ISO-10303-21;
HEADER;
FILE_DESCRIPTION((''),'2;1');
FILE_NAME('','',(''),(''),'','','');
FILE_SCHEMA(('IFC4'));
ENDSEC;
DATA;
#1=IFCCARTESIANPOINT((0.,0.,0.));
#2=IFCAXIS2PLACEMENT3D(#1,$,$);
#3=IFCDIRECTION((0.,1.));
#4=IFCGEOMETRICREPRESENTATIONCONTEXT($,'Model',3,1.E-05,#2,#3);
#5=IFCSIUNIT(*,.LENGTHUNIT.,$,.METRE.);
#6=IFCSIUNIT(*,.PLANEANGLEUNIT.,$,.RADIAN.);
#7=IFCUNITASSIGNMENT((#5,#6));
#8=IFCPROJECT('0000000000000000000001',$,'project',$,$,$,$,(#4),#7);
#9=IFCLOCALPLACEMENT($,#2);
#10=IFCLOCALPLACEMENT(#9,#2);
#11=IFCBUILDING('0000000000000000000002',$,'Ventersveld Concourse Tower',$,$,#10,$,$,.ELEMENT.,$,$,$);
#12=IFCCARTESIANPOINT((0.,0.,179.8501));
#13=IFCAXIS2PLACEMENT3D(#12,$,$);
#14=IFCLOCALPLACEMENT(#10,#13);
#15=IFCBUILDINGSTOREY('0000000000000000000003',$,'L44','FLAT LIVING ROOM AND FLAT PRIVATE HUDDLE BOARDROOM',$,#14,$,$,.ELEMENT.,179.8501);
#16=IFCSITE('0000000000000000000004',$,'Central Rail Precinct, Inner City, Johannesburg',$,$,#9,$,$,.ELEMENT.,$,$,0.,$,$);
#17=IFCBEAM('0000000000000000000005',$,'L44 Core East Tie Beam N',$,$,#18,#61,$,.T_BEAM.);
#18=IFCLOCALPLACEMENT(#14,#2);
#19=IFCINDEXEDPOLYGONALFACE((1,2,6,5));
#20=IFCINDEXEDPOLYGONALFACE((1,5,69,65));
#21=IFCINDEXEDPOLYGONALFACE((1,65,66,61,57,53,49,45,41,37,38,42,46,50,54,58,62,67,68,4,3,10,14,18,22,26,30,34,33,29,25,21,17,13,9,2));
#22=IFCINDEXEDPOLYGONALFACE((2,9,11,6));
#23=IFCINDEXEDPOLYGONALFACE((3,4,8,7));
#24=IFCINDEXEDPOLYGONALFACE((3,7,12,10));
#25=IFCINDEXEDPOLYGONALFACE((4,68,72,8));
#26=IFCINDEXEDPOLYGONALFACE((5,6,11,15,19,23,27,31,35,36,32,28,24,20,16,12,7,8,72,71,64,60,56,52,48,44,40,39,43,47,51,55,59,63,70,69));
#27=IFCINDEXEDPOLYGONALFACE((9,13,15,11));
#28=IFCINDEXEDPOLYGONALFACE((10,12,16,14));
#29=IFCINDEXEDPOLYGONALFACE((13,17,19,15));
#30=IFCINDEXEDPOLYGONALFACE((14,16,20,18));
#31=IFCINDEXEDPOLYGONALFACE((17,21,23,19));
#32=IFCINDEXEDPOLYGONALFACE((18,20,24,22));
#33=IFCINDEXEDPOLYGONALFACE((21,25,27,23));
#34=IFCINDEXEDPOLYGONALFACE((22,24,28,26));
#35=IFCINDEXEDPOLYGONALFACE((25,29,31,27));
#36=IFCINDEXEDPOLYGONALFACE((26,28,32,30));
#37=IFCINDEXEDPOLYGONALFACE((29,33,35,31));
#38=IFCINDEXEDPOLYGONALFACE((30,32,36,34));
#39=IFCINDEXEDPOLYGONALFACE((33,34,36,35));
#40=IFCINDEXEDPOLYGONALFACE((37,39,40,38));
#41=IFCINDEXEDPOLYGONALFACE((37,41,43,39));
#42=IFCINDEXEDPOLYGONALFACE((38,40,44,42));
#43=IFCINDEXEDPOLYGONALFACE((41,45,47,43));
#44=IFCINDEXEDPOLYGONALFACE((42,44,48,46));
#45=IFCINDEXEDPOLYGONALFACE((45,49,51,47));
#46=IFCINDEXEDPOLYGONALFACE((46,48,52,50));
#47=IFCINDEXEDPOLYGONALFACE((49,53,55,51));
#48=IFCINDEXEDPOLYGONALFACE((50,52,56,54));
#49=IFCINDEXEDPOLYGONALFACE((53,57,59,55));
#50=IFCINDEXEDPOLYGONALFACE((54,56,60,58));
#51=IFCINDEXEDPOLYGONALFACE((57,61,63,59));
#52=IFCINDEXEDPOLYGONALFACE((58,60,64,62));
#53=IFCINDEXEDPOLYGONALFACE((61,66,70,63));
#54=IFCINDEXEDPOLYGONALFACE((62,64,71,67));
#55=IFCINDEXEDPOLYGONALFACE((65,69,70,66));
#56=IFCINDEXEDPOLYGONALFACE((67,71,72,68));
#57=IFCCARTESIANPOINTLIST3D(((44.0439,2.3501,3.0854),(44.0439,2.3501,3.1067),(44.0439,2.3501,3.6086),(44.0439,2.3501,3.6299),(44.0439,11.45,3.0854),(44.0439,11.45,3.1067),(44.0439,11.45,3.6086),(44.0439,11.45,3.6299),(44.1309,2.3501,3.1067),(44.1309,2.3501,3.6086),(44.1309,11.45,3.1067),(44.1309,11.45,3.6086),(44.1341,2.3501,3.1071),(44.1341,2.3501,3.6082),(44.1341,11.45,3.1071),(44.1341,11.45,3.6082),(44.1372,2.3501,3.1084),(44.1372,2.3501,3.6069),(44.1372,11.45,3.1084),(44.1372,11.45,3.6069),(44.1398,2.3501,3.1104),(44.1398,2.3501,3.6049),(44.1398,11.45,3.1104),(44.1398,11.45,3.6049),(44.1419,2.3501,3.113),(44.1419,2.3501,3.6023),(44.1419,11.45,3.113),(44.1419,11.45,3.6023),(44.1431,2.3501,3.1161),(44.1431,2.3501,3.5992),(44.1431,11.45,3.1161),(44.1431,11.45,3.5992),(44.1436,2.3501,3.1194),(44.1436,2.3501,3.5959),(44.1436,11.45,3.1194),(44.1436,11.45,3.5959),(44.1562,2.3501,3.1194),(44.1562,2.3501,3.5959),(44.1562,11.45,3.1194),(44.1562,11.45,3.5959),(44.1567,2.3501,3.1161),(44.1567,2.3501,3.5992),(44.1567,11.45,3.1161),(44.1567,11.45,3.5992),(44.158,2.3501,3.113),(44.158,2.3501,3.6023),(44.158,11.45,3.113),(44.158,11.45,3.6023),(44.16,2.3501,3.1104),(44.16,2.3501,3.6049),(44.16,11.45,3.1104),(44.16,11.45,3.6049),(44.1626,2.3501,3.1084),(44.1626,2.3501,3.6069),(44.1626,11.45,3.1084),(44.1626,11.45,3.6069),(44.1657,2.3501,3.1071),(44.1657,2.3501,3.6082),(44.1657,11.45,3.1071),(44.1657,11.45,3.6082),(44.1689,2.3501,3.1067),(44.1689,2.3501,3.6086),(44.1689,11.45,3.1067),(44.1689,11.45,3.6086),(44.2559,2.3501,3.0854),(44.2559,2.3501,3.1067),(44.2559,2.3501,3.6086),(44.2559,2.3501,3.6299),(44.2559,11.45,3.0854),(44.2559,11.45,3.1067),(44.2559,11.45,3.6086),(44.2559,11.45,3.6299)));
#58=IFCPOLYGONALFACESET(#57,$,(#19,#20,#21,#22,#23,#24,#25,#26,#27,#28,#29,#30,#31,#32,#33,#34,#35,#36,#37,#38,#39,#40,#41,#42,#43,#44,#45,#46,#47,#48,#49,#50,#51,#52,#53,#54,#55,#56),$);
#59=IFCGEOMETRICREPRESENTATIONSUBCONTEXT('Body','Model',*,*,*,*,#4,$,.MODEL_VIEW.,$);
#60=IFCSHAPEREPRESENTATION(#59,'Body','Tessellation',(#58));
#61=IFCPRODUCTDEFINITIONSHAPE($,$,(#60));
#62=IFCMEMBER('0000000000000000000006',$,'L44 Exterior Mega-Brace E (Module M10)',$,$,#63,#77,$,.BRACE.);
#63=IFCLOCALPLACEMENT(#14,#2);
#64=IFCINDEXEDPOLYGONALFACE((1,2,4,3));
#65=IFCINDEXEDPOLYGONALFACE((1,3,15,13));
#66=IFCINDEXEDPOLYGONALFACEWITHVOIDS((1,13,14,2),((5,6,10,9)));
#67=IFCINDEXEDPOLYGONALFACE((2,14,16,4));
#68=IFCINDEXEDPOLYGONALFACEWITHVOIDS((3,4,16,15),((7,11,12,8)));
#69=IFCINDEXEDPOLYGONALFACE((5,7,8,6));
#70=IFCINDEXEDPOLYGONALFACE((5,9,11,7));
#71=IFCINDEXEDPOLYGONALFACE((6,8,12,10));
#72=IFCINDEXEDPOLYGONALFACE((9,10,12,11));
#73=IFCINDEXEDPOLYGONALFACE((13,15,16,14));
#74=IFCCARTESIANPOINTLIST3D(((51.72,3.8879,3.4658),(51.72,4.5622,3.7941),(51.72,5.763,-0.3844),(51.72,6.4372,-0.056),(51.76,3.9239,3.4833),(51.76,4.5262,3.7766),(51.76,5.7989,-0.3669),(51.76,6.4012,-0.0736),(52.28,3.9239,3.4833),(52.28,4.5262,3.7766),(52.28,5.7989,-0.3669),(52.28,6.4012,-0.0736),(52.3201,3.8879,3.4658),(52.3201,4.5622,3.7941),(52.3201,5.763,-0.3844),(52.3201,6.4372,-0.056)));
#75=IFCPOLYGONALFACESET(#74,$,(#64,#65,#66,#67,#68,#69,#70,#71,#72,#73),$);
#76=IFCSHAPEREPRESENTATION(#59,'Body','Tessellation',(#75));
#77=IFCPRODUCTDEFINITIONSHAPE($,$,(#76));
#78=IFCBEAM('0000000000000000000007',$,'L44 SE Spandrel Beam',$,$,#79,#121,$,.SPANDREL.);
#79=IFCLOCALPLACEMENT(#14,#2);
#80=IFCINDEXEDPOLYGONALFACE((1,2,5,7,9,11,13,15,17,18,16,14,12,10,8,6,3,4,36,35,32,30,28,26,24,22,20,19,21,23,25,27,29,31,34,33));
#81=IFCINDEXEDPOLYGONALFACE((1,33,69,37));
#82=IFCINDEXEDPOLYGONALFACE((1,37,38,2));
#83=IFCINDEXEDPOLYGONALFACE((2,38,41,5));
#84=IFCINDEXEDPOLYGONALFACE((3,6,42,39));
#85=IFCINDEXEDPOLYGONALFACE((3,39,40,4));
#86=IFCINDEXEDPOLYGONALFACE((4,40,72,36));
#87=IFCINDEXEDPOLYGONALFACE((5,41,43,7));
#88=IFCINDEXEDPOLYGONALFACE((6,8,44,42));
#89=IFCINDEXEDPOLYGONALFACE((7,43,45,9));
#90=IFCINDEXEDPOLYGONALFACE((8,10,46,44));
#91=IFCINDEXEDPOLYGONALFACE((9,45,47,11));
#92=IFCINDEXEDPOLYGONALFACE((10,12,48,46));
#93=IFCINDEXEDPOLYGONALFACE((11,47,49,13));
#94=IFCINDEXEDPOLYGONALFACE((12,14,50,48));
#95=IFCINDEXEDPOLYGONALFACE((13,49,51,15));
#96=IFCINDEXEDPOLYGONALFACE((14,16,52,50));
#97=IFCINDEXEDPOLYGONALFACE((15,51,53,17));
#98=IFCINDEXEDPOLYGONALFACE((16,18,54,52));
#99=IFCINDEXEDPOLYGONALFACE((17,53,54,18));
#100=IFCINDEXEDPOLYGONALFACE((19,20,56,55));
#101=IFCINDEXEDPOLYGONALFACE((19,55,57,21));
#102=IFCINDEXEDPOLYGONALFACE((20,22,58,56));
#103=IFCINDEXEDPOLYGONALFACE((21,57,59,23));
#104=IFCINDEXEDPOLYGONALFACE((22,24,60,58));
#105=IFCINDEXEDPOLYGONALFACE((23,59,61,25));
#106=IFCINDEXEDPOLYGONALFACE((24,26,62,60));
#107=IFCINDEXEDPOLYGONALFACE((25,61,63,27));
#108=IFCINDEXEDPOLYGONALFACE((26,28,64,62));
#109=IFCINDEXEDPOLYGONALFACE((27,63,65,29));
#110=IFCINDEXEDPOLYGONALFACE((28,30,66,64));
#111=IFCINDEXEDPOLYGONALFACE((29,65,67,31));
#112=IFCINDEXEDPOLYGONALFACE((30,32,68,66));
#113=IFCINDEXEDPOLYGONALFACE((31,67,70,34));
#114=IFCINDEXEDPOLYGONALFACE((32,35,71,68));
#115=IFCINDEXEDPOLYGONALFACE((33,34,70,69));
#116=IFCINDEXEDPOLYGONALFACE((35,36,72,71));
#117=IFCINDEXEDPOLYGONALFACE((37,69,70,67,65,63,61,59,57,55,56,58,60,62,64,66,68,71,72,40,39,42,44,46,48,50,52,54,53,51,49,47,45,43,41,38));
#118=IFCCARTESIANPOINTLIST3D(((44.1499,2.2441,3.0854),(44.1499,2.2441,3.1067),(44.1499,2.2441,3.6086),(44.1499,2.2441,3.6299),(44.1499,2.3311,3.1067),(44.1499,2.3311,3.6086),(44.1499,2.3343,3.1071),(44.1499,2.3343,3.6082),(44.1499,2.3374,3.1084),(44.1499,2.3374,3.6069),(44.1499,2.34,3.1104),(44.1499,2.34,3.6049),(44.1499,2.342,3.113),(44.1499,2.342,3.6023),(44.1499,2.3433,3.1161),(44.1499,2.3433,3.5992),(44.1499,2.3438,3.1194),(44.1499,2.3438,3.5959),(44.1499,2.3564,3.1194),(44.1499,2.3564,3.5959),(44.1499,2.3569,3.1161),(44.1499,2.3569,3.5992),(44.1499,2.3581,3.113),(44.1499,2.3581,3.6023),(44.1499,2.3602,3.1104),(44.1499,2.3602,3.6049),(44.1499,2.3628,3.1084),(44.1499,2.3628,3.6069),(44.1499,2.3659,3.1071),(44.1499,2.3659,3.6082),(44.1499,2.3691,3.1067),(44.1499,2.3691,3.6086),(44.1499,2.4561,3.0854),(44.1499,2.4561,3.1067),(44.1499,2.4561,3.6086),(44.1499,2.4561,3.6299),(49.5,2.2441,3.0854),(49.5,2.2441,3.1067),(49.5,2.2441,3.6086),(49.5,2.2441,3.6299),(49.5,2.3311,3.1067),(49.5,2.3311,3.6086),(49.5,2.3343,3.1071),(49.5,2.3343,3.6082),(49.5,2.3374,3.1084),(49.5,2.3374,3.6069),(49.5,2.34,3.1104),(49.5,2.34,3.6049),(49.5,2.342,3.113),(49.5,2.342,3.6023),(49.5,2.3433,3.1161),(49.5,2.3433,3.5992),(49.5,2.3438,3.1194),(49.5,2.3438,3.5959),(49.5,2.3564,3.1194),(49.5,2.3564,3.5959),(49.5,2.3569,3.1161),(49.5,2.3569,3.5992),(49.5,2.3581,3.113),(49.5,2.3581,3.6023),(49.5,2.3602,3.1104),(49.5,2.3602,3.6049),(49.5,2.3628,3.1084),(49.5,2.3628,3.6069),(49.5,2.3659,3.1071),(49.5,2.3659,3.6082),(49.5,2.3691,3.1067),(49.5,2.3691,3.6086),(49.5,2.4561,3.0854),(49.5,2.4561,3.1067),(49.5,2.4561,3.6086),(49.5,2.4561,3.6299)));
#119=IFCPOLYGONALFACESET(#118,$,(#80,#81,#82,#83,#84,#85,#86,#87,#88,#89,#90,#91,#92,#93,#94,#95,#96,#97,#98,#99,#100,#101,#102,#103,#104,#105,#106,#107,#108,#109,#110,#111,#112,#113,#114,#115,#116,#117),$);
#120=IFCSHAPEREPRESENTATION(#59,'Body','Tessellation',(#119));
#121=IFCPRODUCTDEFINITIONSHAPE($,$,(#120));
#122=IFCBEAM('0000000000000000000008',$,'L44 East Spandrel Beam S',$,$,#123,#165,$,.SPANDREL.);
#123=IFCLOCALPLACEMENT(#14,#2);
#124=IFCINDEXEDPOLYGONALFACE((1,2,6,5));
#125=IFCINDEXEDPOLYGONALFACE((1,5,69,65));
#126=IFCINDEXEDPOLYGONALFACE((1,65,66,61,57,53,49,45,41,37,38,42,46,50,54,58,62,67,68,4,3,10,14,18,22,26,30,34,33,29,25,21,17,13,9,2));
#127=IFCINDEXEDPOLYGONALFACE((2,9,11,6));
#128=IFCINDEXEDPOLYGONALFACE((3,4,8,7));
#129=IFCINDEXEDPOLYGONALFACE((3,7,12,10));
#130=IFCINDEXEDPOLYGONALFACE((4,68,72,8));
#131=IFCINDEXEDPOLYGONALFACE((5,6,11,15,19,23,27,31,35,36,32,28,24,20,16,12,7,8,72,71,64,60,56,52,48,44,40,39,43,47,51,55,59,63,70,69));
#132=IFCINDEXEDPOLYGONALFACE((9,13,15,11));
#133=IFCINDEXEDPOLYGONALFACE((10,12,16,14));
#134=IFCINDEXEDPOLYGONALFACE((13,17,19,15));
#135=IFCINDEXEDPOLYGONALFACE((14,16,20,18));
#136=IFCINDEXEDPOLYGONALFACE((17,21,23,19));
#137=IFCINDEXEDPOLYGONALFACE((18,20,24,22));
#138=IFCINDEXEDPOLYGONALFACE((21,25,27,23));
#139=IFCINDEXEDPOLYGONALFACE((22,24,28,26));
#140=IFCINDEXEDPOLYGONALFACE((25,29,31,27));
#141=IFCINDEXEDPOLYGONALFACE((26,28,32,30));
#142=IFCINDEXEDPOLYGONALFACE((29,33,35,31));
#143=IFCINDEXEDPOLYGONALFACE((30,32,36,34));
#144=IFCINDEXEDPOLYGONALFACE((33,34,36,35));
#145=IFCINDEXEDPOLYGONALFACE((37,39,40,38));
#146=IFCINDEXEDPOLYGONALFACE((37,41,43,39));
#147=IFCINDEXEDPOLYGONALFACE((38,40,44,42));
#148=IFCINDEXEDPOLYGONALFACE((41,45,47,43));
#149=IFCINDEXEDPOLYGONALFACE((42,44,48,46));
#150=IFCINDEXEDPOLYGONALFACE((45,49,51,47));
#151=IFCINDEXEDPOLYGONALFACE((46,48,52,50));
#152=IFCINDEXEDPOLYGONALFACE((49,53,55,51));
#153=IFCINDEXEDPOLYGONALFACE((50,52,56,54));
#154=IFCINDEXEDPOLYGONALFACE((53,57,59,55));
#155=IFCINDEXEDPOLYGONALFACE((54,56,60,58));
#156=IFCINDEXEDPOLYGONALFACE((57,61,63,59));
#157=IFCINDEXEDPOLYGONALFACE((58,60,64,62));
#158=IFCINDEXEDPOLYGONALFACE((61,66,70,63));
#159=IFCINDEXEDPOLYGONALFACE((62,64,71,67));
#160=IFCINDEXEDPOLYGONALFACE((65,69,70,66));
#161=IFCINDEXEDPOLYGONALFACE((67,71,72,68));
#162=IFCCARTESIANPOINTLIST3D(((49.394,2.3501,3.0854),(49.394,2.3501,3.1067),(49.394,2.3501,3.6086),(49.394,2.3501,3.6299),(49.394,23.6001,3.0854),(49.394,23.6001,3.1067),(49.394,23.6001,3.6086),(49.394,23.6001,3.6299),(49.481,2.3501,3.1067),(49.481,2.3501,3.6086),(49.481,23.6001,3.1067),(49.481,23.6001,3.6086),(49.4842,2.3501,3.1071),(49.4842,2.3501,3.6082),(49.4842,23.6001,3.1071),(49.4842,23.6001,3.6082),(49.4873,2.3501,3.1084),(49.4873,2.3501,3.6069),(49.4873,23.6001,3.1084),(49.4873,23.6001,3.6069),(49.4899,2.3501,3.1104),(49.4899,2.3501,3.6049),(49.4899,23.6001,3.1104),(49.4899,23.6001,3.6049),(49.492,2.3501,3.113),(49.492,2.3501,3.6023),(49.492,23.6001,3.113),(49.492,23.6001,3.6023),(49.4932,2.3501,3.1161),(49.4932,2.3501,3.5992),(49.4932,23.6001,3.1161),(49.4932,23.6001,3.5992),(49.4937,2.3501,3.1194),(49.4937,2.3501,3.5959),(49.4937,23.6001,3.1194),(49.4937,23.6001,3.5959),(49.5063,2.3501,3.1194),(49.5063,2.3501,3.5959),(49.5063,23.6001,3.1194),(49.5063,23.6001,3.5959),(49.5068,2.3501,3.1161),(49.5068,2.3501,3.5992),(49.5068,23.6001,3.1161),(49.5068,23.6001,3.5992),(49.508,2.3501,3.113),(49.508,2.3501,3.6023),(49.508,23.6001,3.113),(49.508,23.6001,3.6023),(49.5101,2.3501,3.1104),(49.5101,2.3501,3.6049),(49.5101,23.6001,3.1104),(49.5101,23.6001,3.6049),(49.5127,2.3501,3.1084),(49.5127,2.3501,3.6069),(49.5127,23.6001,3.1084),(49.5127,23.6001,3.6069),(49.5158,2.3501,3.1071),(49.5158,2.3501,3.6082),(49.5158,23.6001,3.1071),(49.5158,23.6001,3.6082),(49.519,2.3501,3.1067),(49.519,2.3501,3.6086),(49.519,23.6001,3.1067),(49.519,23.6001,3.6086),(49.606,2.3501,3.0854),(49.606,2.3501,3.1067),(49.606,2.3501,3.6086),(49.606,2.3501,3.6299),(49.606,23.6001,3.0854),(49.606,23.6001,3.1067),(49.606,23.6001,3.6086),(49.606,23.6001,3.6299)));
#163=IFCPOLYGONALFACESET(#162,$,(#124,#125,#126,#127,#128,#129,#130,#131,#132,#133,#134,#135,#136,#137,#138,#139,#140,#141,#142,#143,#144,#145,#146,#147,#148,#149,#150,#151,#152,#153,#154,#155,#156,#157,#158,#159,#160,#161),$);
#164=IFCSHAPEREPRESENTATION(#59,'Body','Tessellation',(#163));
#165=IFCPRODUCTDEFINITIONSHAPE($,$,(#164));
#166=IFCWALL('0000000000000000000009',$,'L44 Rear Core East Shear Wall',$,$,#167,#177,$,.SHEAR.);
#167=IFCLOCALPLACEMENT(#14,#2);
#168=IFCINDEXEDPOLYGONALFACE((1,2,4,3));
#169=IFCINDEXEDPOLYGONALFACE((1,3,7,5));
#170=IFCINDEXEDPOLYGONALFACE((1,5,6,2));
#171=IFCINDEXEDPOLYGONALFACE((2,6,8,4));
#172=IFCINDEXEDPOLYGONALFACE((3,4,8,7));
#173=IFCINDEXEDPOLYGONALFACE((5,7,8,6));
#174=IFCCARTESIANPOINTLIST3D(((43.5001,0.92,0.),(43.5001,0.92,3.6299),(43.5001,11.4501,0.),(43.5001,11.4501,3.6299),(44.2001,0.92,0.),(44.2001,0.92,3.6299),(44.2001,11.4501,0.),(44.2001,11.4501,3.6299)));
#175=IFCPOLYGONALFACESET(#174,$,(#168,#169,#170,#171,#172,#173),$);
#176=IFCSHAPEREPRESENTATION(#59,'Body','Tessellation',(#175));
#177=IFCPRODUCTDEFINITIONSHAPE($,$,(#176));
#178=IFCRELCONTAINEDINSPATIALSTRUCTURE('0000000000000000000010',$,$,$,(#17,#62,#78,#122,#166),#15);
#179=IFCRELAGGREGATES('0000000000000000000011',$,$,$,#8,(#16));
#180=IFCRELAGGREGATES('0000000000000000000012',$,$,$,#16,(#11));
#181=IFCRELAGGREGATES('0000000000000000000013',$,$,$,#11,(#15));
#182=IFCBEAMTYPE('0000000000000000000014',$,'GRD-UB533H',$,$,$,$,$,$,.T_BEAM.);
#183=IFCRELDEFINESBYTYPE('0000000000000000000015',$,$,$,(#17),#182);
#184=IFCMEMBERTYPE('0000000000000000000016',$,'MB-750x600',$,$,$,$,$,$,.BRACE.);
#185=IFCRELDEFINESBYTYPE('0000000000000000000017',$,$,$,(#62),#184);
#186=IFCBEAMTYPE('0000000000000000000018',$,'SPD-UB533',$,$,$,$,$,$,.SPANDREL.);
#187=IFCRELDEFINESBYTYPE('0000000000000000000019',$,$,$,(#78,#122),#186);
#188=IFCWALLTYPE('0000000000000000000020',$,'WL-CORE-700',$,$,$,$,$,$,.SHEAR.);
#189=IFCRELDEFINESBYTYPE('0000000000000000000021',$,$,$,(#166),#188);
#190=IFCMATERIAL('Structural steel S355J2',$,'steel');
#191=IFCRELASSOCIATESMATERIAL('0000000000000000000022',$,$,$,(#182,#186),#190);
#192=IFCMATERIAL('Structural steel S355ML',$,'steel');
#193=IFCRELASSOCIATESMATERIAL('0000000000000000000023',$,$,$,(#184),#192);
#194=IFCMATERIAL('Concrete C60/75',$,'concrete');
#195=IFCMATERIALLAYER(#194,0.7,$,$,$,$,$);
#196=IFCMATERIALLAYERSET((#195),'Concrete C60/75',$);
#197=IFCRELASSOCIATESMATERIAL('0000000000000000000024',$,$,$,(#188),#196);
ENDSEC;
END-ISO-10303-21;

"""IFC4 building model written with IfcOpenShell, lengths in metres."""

from ifc_helpers import new_model, si_unit, direction, frame, frame_2d, origin, origin_2d, place, context, subcontext, project, spatial, rectangle, hollow_rectangle, i_section, extrude, material, layer, layer_set, material_profile, profile_set, type_object, element, save


model = new_model("IFC4")

# Units and contexts
model_context = context("Model", 3, precision=1e-05, world=origin(), true_north=direction((0.0, 1.0)))
body_context = subcontext(model_context, "Body", "Model", "MODEL_VIEW")
ifc_project = project(units=[si_unit("LENGTHUNIT", "METRE"), si_unit("PLANEANGLEUNIT", "RADIAN")], contexts=[model_context])

# Site, building, storey
site_placement = place(None, origin())
site = spatial("IfcSite", under=ifc_project, at=site_placement, Name="Central Rail Precinct, Inner City, Johannesburg", CompositionType="ELEMENT", RefElevation=0.0)
building_placement = place(site_placement, origin())
building = spatial("IfcBuilding", under=site, at=building_placement, Name="Ventersveld Concourse Tower", CompositionType="ELEMENT")
storey_placement = place(building_placement, frame((0.0, 0.0, 179.8501)))
storey = spatial("IfcBuildingStorey", under=building, at=storey_placement, Name="L44", Description="FLAT LIVING ROOM AND FLAT PRIVATE HUDDLE BOARDROOM", CompositionType="ELEMENT", Elevation=179.8501)

# Beam
ifc_material_1 = material(Name="Structural steel S355J2", Category="steel")
ifc_material_profile_1 = material_profile(ifc_material_1, i_section(OverallWidth=0.2119, OverallDepth=0.5444, WebThickness=0.0127, FlangeThickness=0.0212, FilletRadius=0.0127, at=origin_2d()), Name="UB 533x210x122")
ifc_profile_set_1 = profile_set([ifc_material_profile_1], Name="Structural steel S355J2")
beam_type_1 = type_object("IfcBeamType", Name="GRD-UB533H", PredefinedType="T_BEAM", material=ifc_profile_set_1)
beam_1_placement = place(storey_placement, frame((44.1499, 2.3501, 3.3577), z_axis=(0.0, 1.0, 0.0), x_axis=(-1.0, 0.0, 0.0)))
element("IfcBeam", 1, at=beam_1_placement, inside=storey, type_object=beam_type_1, Name="L44 Core East Tie Beam N", PredefinedType="T_BEAM", context=body_context, shape_type="SweptSolid", body=[
    extrude(i_section(OverallWidth=0.2119, OverallDepth=0.5444, WebThickness=0.0127, FlangeThickness=0.0212, FilletRadius=0.0127, at=origin_2d()), origin(), (0.0, 0.0, 1.0), 9.0999),
])

# Member
ifc_material_2 = material(Name="Structural steel S355ML", Category="steel")
ifc_material_profile_2 = material_profile(ifc_material_2, hollow_rectangle(XDim=0.6001, YDim=0.75, WallThickness=0.04, at=origin_2d()), Name="BOX 750x600x40")
ifc_profile_set_2 = profile_set([ifc_material_profile_2], Name="Structural steel S355ML")
member_type = type_object("IfcMemberType", Name="MB-750x600", PredefinedType="BRACE", material=ifc_profile_set_2)
member_placement = place(storey_placement, frame((52.02, 6.1001, -0.2202), z_axis=(0.0, -0.437839, 0.899053), x_axis=(1.0, 0.0, 0.0)))
element("IfcMember", 2, at=member_placement, inside=storey, type_object=member_type, Name="L44 Exterior Mega-Brace E (Module M10)", PredefinedType="BRACE", context=body_context, shape_type="SweptSolid", body=[
    extrude(hollow_rectangle(XDim=0.6001, YDim=0.75, WallThickness=0.04, at=origin_2d()), origin(), (0.0, 0.0, 1.0), 4.2825),
])

# Beams
ifc_material_profile_3 = material_profile(ifc_material_1, i_section(OverallWidth=0.2119, OverallDepth=0.5444, WebThickness=0.0127, FlangeThickness=0.0212, FilletRadius=0.0127, at=origin_2d()), Name="UB 533x210x122")
ifc_profile_set_3 = profile_set([ifc_material_profile_3], Name="Structural steel S355J2")
beam_type_2 = type_object("IfcBeamType", Name="SPD-UB533", PredefinedType="SPANDREL", material=ifc_profile_set_3)
beam_2_placement = place(storey_placement, frame((44.1499, 2.3501, 3.3577), z_axis=(1.0, 0.0, 0.0), x_axis=(0.0, 1.0, 0.0)))
element("IfcBeam", 3, at=beam_2_placement, inside=storey, type_object=beam_type_2, Name="L44 SE Spandrel Beam", PredefinedType="SPANDREL", context=body_context, shape_type="SweptSolid", body=[
    extrude(i_section(OverallWidth=0.2119, OverallDepth=0.5444, WebThickness=0.0127, FlangeThickness=0.0212, FilletRadius=0.0127, at=origin_2d()), origin(), (0.0, 0.0, 1.0), 5.3501),
])
beam_3_placement = place(storey_placement, frame((49.5, 2.3501, 3.3577), z_axis=(0.0, 1.0, 0.0), x_axis=(-1.0, 0.0, 0.0)))
element("IfcBeam", 4, at=beam_3_placement, inside=storey, type_object=beam_type_2, Name="L44 East Spandrel Beam S", PredefinedType="SPANDREL", context=body_context, shape_type="SweptSolid", body=[
    extrude(i_section(OverallWidth=0.2119, OverallDepth=0.5444, WebThickness=0.0127, FlangeThickness=0.0212, FilletRadius=0.0127, at=origin_2d()), origin(), (0.0, 0.0, 1.0), 21.25),
])

# Wall
ifc_material_3 = material(Name="Concrete C60/75", Category="concrete")
ifc_layer_1 = layer(ifc_material_3, 0.7)
ifc_layer_set_1 = layer_set([ifc_layer_1], Name="Concrete C60/75")
wall_type_1 = type_object("IfcWallType", Name="WL-CORE-700", PredefinedType="SHEAR", material=ifc_layer_set_1)
wall_1_placement = place(storey_placement, frame((43.8501, 0.9199, 0.0), z_axis=(0.0, 0.0, 1.0), x_axis=(0.0, 1.0, 0.0)))
element("IfcWall", 5, at=wall_1_placement, inside=storey, type_object=wall_type_1, Name="L44 Rear Core East Shear Wall", PredefinedType="SHEAR", context=body_context, shape_type="SweptSolid", body=[
    extrude(rectangle(XDim=10.53, YDim=0.7, at=frame_2d((5.2651, 0.0))), origin(), (0.0, 0.0, 1.0), 3.6299),
])

save(model, "model.ifc")
